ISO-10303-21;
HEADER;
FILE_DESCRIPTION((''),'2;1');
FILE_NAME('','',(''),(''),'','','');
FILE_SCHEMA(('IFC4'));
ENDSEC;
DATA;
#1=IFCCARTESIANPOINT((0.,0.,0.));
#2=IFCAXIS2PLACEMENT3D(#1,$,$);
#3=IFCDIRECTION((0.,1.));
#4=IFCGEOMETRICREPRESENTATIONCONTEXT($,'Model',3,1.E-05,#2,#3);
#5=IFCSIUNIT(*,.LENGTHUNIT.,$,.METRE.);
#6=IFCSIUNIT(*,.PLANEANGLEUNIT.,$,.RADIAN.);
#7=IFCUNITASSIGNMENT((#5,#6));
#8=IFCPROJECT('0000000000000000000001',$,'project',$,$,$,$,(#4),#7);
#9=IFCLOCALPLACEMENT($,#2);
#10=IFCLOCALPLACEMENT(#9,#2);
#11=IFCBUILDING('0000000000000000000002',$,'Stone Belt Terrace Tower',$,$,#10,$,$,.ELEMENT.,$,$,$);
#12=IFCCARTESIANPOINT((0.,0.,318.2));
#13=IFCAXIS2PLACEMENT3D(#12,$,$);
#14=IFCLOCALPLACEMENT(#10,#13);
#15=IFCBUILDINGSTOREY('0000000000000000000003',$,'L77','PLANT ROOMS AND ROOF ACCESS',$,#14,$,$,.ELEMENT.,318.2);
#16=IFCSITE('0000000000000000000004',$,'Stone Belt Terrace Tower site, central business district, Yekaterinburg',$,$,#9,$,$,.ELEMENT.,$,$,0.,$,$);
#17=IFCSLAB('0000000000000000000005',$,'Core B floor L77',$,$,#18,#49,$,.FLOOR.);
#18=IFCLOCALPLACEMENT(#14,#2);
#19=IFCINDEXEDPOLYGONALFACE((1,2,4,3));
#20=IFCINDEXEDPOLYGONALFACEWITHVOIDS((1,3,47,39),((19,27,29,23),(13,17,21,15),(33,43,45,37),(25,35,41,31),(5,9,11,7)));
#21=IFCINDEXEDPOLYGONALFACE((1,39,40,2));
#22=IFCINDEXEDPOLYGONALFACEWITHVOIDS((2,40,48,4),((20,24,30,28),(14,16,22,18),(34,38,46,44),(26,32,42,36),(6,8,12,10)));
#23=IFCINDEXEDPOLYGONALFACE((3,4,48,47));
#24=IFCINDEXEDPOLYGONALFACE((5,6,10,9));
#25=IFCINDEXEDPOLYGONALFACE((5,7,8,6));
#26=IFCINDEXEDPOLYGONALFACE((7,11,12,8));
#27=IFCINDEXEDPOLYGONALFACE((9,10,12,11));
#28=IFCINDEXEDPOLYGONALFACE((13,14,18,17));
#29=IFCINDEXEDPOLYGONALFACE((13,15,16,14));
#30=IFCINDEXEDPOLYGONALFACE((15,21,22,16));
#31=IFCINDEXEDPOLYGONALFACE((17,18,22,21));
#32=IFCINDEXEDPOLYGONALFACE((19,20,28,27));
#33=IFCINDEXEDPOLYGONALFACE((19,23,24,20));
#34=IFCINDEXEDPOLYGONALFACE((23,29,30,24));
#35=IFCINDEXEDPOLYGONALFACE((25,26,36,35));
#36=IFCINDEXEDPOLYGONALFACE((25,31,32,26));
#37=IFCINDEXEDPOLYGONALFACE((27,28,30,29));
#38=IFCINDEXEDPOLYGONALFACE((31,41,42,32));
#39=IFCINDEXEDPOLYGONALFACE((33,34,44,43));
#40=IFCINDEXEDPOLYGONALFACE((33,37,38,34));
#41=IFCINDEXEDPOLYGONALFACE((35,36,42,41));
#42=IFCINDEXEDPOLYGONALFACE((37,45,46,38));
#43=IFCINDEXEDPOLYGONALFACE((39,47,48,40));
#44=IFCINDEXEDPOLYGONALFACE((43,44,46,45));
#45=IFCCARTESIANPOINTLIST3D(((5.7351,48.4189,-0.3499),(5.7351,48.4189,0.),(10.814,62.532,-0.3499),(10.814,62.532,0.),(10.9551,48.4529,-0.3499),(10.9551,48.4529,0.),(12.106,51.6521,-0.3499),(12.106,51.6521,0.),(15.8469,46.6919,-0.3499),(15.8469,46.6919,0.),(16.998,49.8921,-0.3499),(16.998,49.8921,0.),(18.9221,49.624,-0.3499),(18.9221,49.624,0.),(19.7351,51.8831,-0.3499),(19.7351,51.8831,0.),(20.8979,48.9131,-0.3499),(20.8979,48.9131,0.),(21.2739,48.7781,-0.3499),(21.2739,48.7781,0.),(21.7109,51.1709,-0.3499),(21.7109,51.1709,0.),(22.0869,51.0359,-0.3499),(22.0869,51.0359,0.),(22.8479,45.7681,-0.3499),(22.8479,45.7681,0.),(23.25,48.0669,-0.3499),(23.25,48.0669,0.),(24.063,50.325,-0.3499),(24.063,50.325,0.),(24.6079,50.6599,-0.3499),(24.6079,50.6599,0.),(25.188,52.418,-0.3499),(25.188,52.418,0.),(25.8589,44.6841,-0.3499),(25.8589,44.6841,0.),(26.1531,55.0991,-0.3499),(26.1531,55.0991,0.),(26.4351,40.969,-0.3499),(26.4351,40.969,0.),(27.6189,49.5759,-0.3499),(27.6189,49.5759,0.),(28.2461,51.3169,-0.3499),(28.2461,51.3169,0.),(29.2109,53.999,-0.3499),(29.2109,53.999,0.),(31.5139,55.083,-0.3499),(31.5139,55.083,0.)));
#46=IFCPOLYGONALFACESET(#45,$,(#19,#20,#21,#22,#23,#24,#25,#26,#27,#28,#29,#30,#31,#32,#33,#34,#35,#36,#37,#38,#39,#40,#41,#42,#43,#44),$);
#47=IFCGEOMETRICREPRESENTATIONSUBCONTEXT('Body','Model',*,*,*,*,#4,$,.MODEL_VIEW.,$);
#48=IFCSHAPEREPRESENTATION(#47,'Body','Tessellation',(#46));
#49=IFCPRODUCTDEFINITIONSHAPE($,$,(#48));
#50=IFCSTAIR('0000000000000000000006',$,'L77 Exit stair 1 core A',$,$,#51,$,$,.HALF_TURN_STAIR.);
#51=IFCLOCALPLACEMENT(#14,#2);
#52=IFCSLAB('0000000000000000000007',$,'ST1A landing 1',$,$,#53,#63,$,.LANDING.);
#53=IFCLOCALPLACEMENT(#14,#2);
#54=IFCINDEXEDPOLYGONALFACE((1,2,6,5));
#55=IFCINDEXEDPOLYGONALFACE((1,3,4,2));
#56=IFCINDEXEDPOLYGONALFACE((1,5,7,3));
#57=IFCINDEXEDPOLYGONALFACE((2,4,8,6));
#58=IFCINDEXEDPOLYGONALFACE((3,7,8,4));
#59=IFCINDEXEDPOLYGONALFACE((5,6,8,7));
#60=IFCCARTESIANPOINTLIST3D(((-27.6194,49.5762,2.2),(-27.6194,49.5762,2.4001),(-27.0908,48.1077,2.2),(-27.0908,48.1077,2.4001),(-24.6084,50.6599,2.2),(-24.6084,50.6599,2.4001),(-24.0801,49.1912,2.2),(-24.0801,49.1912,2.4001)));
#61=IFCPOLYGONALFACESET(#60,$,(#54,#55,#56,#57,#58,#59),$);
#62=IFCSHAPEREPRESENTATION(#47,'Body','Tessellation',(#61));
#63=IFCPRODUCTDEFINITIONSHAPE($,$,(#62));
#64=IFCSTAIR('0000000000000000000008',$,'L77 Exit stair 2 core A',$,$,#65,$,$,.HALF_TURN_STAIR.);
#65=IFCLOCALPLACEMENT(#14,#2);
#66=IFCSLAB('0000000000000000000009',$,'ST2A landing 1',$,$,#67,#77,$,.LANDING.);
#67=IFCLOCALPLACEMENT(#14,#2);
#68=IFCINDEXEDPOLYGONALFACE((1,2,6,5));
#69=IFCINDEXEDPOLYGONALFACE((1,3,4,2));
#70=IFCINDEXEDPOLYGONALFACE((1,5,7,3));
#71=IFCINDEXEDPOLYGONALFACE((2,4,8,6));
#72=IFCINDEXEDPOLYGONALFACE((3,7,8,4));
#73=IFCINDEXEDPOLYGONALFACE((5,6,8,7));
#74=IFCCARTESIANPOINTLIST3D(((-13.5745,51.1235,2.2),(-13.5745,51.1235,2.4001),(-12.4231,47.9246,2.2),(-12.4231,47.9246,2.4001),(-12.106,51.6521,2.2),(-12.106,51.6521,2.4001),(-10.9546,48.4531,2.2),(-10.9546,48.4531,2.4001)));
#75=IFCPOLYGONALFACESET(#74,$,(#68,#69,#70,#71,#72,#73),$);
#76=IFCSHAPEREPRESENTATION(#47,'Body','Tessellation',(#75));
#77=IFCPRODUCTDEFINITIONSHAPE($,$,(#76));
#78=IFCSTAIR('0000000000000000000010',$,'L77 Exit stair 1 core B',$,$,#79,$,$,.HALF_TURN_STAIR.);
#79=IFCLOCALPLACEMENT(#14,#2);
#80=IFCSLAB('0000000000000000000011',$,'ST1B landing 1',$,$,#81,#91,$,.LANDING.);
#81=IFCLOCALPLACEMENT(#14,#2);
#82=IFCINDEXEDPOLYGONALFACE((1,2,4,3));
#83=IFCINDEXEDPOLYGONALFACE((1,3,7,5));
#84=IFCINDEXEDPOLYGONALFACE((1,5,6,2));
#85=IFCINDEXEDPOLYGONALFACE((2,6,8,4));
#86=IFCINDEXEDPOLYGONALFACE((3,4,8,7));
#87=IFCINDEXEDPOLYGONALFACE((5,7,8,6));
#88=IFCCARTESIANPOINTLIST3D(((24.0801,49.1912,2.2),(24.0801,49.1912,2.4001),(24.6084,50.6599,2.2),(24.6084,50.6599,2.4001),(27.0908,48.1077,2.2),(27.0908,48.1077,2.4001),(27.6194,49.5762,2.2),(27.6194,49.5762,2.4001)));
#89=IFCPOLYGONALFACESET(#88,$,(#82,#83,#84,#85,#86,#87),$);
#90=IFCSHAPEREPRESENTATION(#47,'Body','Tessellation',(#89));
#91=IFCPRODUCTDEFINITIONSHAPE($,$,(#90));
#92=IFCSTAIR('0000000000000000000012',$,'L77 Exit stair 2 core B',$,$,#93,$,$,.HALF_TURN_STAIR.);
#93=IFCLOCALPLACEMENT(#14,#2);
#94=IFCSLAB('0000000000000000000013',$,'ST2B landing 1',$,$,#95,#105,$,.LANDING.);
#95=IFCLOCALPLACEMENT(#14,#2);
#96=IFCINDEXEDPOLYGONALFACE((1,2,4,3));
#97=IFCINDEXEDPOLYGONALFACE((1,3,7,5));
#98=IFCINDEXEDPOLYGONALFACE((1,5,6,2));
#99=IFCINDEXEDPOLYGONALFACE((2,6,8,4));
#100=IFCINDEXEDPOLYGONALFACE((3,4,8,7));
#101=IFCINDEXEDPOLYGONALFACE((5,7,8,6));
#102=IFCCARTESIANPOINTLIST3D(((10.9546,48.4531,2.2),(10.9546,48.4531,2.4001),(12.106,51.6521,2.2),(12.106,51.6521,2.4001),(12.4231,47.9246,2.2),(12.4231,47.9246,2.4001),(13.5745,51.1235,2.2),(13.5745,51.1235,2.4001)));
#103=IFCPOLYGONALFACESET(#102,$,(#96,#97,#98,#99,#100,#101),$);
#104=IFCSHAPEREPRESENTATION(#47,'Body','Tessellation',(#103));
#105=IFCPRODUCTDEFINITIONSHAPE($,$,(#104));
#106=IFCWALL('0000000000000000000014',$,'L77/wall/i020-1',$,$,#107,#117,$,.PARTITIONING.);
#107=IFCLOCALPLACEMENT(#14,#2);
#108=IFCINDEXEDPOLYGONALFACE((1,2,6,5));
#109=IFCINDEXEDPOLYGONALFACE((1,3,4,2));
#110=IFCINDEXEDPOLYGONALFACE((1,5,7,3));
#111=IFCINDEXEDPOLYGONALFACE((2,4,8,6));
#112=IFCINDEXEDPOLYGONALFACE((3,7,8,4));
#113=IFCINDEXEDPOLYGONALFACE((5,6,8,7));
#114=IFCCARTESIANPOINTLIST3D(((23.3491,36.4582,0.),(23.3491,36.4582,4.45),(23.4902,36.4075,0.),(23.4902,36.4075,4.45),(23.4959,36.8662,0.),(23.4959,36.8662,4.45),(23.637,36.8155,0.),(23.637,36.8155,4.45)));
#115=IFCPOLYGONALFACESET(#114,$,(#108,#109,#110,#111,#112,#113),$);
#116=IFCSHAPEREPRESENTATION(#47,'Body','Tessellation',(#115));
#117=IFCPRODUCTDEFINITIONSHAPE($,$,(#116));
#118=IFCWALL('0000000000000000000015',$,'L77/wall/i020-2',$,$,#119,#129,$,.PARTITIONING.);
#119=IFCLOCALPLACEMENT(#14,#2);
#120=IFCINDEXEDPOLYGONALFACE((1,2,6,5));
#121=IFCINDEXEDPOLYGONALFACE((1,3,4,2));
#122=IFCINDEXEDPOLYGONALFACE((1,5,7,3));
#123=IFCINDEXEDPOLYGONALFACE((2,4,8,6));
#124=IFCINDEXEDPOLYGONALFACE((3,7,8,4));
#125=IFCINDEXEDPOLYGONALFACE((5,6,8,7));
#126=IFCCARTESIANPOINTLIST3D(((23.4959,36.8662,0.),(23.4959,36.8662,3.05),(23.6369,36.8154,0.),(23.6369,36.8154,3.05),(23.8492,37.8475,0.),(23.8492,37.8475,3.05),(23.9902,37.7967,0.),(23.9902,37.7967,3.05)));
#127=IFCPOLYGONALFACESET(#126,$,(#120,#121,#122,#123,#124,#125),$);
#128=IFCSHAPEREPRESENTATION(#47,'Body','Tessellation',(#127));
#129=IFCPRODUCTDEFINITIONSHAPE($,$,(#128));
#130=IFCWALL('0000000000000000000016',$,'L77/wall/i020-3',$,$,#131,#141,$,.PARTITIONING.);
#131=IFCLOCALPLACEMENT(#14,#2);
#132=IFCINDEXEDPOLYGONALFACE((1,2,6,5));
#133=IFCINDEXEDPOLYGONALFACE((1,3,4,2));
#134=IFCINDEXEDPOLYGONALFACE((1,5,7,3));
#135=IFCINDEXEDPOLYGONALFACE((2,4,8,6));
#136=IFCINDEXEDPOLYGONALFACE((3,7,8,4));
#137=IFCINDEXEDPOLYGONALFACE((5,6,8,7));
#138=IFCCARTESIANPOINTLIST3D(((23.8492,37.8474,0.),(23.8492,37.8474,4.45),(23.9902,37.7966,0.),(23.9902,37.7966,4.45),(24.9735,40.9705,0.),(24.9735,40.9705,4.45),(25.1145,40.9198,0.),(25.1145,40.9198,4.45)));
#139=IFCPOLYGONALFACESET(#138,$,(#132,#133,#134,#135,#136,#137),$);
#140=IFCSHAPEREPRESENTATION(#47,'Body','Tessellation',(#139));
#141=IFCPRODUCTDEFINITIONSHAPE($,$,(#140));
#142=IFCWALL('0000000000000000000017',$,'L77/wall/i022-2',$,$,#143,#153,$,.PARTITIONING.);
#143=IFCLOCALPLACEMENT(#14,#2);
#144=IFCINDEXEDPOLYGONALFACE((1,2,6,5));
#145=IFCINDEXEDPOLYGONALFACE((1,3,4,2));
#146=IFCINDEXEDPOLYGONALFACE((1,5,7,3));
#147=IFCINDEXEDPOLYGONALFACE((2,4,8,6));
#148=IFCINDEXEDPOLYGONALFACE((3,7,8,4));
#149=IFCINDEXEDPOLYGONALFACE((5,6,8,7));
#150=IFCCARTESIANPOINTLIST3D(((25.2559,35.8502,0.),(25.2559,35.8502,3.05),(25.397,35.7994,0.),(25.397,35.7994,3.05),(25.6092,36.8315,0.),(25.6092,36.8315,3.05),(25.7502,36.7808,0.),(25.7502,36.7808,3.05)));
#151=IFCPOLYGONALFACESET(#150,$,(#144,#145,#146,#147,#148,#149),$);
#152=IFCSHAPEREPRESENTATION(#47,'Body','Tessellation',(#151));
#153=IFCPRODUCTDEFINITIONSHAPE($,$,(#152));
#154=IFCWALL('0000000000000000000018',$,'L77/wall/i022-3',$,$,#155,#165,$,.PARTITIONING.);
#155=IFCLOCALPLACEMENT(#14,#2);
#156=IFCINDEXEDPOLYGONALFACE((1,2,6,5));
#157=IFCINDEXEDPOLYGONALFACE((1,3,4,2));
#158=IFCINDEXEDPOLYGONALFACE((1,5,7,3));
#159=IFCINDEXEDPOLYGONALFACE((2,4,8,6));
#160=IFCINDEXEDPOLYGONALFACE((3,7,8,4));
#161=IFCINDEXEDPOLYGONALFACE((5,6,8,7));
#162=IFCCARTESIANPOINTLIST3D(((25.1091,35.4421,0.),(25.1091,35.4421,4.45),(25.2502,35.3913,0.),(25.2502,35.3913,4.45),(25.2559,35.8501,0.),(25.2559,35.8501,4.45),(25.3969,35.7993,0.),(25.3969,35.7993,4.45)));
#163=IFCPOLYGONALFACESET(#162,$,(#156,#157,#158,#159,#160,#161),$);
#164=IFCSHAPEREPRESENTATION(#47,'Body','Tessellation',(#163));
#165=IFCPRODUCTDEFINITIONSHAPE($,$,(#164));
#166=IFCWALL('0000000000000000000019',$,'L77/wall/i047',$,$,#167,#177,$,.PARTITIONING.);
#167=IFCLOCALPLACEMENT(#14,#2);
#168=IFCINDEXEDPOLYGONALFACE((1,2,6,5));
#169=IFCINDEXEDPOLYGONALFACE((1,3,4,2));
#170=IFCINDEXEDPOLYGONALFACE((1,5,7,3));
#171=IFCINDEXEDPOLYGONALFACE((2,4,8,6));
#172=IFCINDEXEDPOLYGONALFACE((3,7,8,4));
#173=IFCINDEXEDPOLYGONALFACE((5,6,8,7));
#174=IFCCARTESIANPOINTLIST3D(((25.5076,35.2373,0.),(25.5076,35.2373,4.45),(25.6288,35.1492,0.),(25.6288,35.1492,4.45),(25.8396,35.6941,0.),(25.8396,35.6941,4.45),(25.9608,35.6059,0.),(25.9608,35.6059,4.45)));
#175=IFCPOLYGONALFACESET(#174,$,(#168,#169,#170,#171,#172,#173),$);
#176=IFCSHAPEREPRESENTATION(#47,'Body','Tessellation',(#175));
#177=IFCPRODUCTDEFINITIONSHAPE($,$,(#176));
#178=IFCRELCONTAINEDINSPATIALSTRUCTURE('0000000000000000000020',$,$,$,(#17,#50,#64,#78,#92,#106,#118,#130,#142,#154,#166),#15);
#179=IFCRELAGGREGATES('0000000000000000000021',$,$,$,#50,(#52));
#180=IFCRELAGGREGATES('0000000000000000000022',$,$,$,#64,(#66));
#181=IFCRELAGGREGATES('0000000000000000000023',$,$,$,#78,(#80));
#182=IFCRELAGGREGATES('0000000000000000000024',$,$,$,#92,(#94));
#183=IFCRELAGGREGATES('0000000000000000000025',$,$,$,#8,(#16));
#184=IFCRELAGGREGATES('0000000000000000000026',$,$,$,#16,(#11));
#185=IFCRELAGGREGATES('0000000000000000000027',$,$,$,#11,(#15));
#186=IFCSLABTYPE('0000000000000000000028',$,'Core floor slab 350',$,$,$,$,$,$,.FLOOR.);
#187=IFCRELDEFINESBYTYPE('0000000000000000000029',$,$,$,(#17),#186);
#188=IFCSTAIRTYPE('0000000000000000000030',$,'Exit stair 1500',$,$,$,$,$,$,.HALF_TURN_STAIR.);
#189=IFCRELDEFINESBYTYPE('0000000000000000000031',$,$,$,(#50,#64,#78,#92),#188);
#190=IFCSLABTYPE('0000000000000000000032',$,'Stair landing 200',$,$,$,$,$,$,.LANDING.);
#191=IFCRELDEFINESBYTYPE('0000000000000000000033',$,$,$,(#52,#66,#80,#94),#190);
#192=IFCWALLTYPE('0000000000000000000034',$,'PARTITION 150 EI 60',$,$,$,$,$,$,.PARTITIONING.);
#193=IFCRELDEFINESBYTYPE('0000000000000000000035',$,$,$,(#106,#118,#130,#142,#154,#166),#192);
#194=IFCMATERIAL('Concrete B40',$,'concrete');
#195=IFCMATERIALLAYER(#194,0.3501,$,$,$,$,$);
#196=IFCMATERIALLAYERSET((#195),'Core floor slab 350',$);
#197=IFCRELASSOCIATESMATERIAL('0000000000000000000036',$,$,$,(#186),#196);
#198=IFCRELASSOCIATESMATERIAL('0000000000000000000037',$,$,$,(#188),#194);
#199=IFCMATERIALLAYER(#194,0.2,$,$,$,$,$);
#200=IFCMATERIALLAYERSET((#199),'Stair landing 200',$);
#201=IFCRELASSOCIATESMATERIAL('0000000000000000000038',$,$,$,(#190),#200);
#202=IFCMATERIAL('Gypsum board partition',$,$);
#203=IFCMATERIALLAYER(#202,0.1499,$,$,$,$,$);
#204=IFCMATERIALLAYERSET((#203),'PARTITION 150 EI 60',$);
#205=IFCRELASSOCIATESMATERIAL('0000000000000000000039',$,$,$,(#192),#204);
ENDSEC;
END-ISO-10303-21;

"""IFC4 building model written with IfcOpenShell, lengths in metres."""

from ifc_helpers import new_model, si_unit, direction, frame, frame_2d, origin, place, context, subcontext, project, spatial, polyline, rectangle, outline, extrude, material, layer, layer_set, type_object, element, aggregate, save


model = new_model("IFC4")

# Units and contexts
model_context = context("Model", 3, precision=1e-05, world=origin(), true_north=direction((0.0, 1.0)))
body_context = subcontext(model_context, "Body", "Model", "MODEL_VIEW")
ifc_project = project(units=[si_unit("LENGTHUNIT", "METRE"), si_unit("PLANEANGLEUNIT", "RADIAN")], contexts=[model_context])

# Site, building, storey
site_placement = place(None, origin())
site = spatial("IfcSite", under=ifc_project, at=site_placement, Name="Stone Belt Terrace Tower site, central business district, Yekaterinburg", CompositionType="ELEMENT", RefElevation=0.0)
building_placement = place(site_placement, origin())
building = spatial("IfcBuilding", under=site, at=building_placement, Name="Stone Belt Terrace Tower", CompositionType="ELEMENT")
storey_placement = place(building_placement, frame((0.0, 0.0, 318.2)))
storey = spatial("IfcBuildingStorey", under=building, at=storey_placement, Name="L77", Description="PLANT ROOMS AND ROOF ACCESS", CompositionType="ELEMENT", Elevation=318.2)

# Slab
ifc_material_1 = material(Name="Concrete B40", Category="concrete")
ifc_layer_1 = layer(ifc_material_1, 0.3501)
ifc_layer_set_1 = layer_set([ifc_layer_1], Name="Core floor slab 350")
slab_type_1 = type_object("IfcSlabType", Name="Core floor slab 350", PredefinedType="FLOOR", material=ifc_layer_set_1)
slab_1_placement = place(storey_placement, frame((0.0, 0.0, -0.3499)))
element("IfcSlab", 1, at=slab_1_placement, inside=storey, type_object=slab_type_1, Name="Core B floor L77", PredefinedType="FLOOR", context=body_context, shape_type="SweptSolid", body=[
    extrude(outline(polyline([(26.4351, 40.969), (31.5139, 55.083), (10.814, 62.532), (5.7351, 48.4189), (26.4351, 40.969)]), holes=[polyline([(24.6079, 50.6599), (27.6189, 49.5759), (25.8589, 44.6841), (22.8479, 45.7681), (24.6079, 50.6599)]), polyline([(10.9551, 48.4529), (12.106, 51.6521), (16.998, 49.8921), (15.8469, 46.6919), (10.9551, 48.4529)]), polyline([(21.2739, 48.7781), (22.0869, 51.0359), (24.063, 50.325), (23.25, 48.0669), (21.2739, 48.7781)]), polyline([(19.7351, 51.8831), (21.7109, 51.1709), (20.8979, 48.9131), (18.9221, 49.624), (19.7351, 51.8831)]), polyline([(26.1531, 55.0991), (29.2109, 53.999), (28.2461, 51.3169), (25.188, 52.418), (26.1531, 55.0991)])]), origin(), (0.0, 0.0, 1.0), 0.3499),
])

# Stairs, slabs
stair_type = type_object("IfcStairType", Name="Exit stair 1500", PredefinedType="HALF_TURN_STAIR", material=ifc_material_1)
stair_1_placement = place(storey_placement, origin())
stair_1 = element("IfcStair", 2, at=stair_1_placement, inside=storey, type_object=stair_type, Name="L77 Exit stair 1 core A", PredefinedType="HALF_TURN_STAIR")
ifc_layer_2 = layer(ifc_material_1, 0.2)
ifc_layer_set_2 = layer_set([ifc_layer_2], Name="Stair landing 200")
slab_type_2 = type_object("IfcSlabType", Name="Stair landing 200", PredefinedType="LANDING", material=ifc_layer_set_2)
slab_2_placement = place(storey_placement, frame((0.0, 0.0, 2.2)))
slab_2 = element("IfcSlab", 3, at=slab_2_placement, type_object=slab_type_2, Name="ST1A landing 1", PredefinedType="LANDING", context=body_context, shape_type="SweptSolid", body=[
    extrude(outline(polyline([(-24.0801, 49.1912), (-24.6084, 50.6599), (-27.6194, 49.5762), (-27.0908, 48.1077), (-24.0801, 49.1912)])), origin(), (0.0, 0.0, 1.0), 0.2002),
])
aggregate(stair_1, [slab_2])
stair_2_placement = place(storey_placement, origin())
stair_2 = element("IfcStair", 4, at=stair_2_placement, inside=storey, type_object=stair_type, Name="L77 Exit stair 2 core A", PredefinedType="HALF_TURN_STAIR")
slab_3_placement = place(storey_placement, frame((0.0, 0.0, 2.2)))
slab_3 = element("IfcSlab", 5, at=slab_3_placement, type_object=slab_type_2, Name="ST2A landing 1", PredefinedType="LANDING", context=body_context, shape_type="SweptSolid", body=[
    extrude(outline(polyline([(-12.4231, 47.9246), (-10.9546, 48.4531), (-12.106, 51.6521), (-13.5745, 51.1235), (-12.4231, 47.9246)])), origin(), (0.0, 0.0, 1.0), 0.2002),
])
aggregate(stair_2, [slab_3])
stair_3_placement = place(storey_placement, origin())
stair_3 = element("IfcStair", 6, at=stair_3_placement, inside=storey, type_object=stair_type, Name="L77 Exit stair 1 core B", PredefinedType="HALF_TURN_STAIR")
slab_4_placement = place(storey_placement, frame((0.0, 0.0, 2.2)))
slab_4 = element("IfcSlab", 7, at=slab_4_placement, type_object=slab_type_2, Name="ST1B landing 1", PredefinedType="LANDING", context=body_context, shape_type="SweptSolid", body=[
    extrude(outline(polyline([(27.0908, 48.1077), (27.6194, 49.5762), (24.6084, 50.6599), (24.0801, 49.1912), (27.0908, 48.1077)])), origin(), (0.0, 0.0, 1.0), 0.2002),
])
aggregate(stair_3, [slab_4])
stair_4_placement = place(storey_placement, origin())
stair_4 = element("IfcStair", 8, at=stair_4_placement, inside=storey, type_object=stair_type, Name="L77 Exit stair 2 core B", PredefinedType="HALF_TURN_STAIR")
slab_5_placement = place(storey_placement, frame((0.0, 0.0, 2.2)))
slab_5 = element("IfcSlab", 9, at=slab_5_placement, type_object=slab_type_2, Name="ST2B landing 1", PredefinedType="LANDING", context=body_context, shape_type="SweptSolid", body=[
    extrude(outline(polyline([(13.5745, 51.1235), (12.106, 51.6521), (10.9546, 48.4531), (12.4231, 47.9246), (13.5745, 51.1235)])), origin(), (0.0, 0.0, 1.0), 0.2002),
])
aggregate(stair_4, [slab_5])

# Walls
ifc_material_2 = material(Name="Gypsum board partition")
ifc_layer_3 = layer(ifc_material_2, 0.1499)
ifc_layer_set_3 = layer_set([ifc_layer_3], Name="PARTITION 150 EI 60")
wall_type = type_object("IfcWallType", Name="PARTITION 150 EI 60", PredefinedType="PARTITIONING", material=ifc_layer_set_3)
wall_1_placement = place(storey_placement, frame((23.4197, 36.4329, 0.0), z_axis=(0.0, 0.0, 1.0), x_axis=(0.33844, 0.940988, 0.0)))
element("IfcWall", 10, at=wall_1_placement, inside=storey, type_object=wall_type, Name="L77/wall/i020-1", PredefinedType="PARTITIONING", context=body_context, shape_type="SweptSolid", body=[
    extrude(rectangle(XDim=0.4336, YDim=0.1499, at=frame_2d((0.2168, 0.0))), origin(), (0.0, 0.0, 1.0), 4.45),
])
wall_2_placement = place(storey_placement, frame((23.5664, 36.8408, 0.0), z_axis=(0.0, 0.0, 1.0), x_axis=(0.338753, 0.940875, 0.0)))
element("IfcWall", 11, at=wall_2_placement, inside=storey, type_object=wall_type, Name="L77/wall/i020-2", PredefinedType="PARTITIONING", context=body_context, shape_type="SweptSolid", body=[
    extrude(rectangle(XDim=1.043, YDim=0.1499, at=frame_2d((0.5215, 0.0))), origin(), (0.0, 0.0, 1.0), 3.05),
])
wall_3_placement = place(storey_placement, frame((23.9197, 37.822, 0.0), z_axis=(0.0, 0.0, 1.0), x_axis=(0.338712, 0.94089, 0.0)))
element("IfcWall", 12, at=wall_3_placement, inside=storey, type_object=wall_type, Name="L77/wall/i020-3", PredefinedType="PARTITIONING", context=body_context, shape_type="SweptSolid", body=[
    extrude(rectangle(XDim=3.3193, YDim=0.1499, at=frame_2d((1.6597, 0.0))), origin(), (0.0, 0.0, 1.0), 4.45),
])
wall_4_placement = place(storey_placement, frame((25.6797, 36.8062, 0.0), z_axis=(0.0, 0.0, 1.0), x_axis=(-0.338678, -0.940902, 0.0)))
element("IfcWall", 13, at=wall_4_placement, inside=storey, type_object=wall_type, Name="L77/wall/i022-2", PredefinedType="PARTITIONING", context=body_context, shape_type="SweptSolid", body=[
    extrude(rectangle(XDim=1.043, YDim=0.1499, at=frame_2d((0.5215, 0.0))), origin(), (0.0, 0.0, 1.0), 3.05),
])
wall_5_placement = place(storey_placement, frame((25.3264, 35.8247, 0.0), z_axis=(0.0, 0.0, 1.0), x_axis=(-0.33844, -0.940988, 0.0)))
element("IfcWall", 14, at=wall_5_placement, inside=storey, type_object=wall_type, Name="L77/wall/i022-3", PredefinedType="PARTITIONING", context=body_context, shape_type="SweptSolid", body=[
    extrude(rectangle(XDim=0.4336, YDim=0.1499, at=frame_2d((0.2168, 0.0))), origin(), (0.0, 0.0, 1.0), 4.45),
])
wall_6_placement = place(storey_placement, frame((25.9001, 35.6499, 0.0), z_axis=(0.0, 0.0, 1.0), x_axis=(-0.587966, -0.808886, 0.0)))
element("IfcWall", 15, at=wall_6_placement, inside=storey, type_object=wall_type, Name="L77/wall/i047", PredefinedType="PARTITIONING", context=body_context, shape_type="SweptSolid", body=[
    extrude(rectangle(XDim=0.5647, YDim=0.1499, at=frame_2d((0.2822, 0.0))), origin(), (0.0, 0.0, 1.0), 4.45),
])

save(model, "model.ifc")
